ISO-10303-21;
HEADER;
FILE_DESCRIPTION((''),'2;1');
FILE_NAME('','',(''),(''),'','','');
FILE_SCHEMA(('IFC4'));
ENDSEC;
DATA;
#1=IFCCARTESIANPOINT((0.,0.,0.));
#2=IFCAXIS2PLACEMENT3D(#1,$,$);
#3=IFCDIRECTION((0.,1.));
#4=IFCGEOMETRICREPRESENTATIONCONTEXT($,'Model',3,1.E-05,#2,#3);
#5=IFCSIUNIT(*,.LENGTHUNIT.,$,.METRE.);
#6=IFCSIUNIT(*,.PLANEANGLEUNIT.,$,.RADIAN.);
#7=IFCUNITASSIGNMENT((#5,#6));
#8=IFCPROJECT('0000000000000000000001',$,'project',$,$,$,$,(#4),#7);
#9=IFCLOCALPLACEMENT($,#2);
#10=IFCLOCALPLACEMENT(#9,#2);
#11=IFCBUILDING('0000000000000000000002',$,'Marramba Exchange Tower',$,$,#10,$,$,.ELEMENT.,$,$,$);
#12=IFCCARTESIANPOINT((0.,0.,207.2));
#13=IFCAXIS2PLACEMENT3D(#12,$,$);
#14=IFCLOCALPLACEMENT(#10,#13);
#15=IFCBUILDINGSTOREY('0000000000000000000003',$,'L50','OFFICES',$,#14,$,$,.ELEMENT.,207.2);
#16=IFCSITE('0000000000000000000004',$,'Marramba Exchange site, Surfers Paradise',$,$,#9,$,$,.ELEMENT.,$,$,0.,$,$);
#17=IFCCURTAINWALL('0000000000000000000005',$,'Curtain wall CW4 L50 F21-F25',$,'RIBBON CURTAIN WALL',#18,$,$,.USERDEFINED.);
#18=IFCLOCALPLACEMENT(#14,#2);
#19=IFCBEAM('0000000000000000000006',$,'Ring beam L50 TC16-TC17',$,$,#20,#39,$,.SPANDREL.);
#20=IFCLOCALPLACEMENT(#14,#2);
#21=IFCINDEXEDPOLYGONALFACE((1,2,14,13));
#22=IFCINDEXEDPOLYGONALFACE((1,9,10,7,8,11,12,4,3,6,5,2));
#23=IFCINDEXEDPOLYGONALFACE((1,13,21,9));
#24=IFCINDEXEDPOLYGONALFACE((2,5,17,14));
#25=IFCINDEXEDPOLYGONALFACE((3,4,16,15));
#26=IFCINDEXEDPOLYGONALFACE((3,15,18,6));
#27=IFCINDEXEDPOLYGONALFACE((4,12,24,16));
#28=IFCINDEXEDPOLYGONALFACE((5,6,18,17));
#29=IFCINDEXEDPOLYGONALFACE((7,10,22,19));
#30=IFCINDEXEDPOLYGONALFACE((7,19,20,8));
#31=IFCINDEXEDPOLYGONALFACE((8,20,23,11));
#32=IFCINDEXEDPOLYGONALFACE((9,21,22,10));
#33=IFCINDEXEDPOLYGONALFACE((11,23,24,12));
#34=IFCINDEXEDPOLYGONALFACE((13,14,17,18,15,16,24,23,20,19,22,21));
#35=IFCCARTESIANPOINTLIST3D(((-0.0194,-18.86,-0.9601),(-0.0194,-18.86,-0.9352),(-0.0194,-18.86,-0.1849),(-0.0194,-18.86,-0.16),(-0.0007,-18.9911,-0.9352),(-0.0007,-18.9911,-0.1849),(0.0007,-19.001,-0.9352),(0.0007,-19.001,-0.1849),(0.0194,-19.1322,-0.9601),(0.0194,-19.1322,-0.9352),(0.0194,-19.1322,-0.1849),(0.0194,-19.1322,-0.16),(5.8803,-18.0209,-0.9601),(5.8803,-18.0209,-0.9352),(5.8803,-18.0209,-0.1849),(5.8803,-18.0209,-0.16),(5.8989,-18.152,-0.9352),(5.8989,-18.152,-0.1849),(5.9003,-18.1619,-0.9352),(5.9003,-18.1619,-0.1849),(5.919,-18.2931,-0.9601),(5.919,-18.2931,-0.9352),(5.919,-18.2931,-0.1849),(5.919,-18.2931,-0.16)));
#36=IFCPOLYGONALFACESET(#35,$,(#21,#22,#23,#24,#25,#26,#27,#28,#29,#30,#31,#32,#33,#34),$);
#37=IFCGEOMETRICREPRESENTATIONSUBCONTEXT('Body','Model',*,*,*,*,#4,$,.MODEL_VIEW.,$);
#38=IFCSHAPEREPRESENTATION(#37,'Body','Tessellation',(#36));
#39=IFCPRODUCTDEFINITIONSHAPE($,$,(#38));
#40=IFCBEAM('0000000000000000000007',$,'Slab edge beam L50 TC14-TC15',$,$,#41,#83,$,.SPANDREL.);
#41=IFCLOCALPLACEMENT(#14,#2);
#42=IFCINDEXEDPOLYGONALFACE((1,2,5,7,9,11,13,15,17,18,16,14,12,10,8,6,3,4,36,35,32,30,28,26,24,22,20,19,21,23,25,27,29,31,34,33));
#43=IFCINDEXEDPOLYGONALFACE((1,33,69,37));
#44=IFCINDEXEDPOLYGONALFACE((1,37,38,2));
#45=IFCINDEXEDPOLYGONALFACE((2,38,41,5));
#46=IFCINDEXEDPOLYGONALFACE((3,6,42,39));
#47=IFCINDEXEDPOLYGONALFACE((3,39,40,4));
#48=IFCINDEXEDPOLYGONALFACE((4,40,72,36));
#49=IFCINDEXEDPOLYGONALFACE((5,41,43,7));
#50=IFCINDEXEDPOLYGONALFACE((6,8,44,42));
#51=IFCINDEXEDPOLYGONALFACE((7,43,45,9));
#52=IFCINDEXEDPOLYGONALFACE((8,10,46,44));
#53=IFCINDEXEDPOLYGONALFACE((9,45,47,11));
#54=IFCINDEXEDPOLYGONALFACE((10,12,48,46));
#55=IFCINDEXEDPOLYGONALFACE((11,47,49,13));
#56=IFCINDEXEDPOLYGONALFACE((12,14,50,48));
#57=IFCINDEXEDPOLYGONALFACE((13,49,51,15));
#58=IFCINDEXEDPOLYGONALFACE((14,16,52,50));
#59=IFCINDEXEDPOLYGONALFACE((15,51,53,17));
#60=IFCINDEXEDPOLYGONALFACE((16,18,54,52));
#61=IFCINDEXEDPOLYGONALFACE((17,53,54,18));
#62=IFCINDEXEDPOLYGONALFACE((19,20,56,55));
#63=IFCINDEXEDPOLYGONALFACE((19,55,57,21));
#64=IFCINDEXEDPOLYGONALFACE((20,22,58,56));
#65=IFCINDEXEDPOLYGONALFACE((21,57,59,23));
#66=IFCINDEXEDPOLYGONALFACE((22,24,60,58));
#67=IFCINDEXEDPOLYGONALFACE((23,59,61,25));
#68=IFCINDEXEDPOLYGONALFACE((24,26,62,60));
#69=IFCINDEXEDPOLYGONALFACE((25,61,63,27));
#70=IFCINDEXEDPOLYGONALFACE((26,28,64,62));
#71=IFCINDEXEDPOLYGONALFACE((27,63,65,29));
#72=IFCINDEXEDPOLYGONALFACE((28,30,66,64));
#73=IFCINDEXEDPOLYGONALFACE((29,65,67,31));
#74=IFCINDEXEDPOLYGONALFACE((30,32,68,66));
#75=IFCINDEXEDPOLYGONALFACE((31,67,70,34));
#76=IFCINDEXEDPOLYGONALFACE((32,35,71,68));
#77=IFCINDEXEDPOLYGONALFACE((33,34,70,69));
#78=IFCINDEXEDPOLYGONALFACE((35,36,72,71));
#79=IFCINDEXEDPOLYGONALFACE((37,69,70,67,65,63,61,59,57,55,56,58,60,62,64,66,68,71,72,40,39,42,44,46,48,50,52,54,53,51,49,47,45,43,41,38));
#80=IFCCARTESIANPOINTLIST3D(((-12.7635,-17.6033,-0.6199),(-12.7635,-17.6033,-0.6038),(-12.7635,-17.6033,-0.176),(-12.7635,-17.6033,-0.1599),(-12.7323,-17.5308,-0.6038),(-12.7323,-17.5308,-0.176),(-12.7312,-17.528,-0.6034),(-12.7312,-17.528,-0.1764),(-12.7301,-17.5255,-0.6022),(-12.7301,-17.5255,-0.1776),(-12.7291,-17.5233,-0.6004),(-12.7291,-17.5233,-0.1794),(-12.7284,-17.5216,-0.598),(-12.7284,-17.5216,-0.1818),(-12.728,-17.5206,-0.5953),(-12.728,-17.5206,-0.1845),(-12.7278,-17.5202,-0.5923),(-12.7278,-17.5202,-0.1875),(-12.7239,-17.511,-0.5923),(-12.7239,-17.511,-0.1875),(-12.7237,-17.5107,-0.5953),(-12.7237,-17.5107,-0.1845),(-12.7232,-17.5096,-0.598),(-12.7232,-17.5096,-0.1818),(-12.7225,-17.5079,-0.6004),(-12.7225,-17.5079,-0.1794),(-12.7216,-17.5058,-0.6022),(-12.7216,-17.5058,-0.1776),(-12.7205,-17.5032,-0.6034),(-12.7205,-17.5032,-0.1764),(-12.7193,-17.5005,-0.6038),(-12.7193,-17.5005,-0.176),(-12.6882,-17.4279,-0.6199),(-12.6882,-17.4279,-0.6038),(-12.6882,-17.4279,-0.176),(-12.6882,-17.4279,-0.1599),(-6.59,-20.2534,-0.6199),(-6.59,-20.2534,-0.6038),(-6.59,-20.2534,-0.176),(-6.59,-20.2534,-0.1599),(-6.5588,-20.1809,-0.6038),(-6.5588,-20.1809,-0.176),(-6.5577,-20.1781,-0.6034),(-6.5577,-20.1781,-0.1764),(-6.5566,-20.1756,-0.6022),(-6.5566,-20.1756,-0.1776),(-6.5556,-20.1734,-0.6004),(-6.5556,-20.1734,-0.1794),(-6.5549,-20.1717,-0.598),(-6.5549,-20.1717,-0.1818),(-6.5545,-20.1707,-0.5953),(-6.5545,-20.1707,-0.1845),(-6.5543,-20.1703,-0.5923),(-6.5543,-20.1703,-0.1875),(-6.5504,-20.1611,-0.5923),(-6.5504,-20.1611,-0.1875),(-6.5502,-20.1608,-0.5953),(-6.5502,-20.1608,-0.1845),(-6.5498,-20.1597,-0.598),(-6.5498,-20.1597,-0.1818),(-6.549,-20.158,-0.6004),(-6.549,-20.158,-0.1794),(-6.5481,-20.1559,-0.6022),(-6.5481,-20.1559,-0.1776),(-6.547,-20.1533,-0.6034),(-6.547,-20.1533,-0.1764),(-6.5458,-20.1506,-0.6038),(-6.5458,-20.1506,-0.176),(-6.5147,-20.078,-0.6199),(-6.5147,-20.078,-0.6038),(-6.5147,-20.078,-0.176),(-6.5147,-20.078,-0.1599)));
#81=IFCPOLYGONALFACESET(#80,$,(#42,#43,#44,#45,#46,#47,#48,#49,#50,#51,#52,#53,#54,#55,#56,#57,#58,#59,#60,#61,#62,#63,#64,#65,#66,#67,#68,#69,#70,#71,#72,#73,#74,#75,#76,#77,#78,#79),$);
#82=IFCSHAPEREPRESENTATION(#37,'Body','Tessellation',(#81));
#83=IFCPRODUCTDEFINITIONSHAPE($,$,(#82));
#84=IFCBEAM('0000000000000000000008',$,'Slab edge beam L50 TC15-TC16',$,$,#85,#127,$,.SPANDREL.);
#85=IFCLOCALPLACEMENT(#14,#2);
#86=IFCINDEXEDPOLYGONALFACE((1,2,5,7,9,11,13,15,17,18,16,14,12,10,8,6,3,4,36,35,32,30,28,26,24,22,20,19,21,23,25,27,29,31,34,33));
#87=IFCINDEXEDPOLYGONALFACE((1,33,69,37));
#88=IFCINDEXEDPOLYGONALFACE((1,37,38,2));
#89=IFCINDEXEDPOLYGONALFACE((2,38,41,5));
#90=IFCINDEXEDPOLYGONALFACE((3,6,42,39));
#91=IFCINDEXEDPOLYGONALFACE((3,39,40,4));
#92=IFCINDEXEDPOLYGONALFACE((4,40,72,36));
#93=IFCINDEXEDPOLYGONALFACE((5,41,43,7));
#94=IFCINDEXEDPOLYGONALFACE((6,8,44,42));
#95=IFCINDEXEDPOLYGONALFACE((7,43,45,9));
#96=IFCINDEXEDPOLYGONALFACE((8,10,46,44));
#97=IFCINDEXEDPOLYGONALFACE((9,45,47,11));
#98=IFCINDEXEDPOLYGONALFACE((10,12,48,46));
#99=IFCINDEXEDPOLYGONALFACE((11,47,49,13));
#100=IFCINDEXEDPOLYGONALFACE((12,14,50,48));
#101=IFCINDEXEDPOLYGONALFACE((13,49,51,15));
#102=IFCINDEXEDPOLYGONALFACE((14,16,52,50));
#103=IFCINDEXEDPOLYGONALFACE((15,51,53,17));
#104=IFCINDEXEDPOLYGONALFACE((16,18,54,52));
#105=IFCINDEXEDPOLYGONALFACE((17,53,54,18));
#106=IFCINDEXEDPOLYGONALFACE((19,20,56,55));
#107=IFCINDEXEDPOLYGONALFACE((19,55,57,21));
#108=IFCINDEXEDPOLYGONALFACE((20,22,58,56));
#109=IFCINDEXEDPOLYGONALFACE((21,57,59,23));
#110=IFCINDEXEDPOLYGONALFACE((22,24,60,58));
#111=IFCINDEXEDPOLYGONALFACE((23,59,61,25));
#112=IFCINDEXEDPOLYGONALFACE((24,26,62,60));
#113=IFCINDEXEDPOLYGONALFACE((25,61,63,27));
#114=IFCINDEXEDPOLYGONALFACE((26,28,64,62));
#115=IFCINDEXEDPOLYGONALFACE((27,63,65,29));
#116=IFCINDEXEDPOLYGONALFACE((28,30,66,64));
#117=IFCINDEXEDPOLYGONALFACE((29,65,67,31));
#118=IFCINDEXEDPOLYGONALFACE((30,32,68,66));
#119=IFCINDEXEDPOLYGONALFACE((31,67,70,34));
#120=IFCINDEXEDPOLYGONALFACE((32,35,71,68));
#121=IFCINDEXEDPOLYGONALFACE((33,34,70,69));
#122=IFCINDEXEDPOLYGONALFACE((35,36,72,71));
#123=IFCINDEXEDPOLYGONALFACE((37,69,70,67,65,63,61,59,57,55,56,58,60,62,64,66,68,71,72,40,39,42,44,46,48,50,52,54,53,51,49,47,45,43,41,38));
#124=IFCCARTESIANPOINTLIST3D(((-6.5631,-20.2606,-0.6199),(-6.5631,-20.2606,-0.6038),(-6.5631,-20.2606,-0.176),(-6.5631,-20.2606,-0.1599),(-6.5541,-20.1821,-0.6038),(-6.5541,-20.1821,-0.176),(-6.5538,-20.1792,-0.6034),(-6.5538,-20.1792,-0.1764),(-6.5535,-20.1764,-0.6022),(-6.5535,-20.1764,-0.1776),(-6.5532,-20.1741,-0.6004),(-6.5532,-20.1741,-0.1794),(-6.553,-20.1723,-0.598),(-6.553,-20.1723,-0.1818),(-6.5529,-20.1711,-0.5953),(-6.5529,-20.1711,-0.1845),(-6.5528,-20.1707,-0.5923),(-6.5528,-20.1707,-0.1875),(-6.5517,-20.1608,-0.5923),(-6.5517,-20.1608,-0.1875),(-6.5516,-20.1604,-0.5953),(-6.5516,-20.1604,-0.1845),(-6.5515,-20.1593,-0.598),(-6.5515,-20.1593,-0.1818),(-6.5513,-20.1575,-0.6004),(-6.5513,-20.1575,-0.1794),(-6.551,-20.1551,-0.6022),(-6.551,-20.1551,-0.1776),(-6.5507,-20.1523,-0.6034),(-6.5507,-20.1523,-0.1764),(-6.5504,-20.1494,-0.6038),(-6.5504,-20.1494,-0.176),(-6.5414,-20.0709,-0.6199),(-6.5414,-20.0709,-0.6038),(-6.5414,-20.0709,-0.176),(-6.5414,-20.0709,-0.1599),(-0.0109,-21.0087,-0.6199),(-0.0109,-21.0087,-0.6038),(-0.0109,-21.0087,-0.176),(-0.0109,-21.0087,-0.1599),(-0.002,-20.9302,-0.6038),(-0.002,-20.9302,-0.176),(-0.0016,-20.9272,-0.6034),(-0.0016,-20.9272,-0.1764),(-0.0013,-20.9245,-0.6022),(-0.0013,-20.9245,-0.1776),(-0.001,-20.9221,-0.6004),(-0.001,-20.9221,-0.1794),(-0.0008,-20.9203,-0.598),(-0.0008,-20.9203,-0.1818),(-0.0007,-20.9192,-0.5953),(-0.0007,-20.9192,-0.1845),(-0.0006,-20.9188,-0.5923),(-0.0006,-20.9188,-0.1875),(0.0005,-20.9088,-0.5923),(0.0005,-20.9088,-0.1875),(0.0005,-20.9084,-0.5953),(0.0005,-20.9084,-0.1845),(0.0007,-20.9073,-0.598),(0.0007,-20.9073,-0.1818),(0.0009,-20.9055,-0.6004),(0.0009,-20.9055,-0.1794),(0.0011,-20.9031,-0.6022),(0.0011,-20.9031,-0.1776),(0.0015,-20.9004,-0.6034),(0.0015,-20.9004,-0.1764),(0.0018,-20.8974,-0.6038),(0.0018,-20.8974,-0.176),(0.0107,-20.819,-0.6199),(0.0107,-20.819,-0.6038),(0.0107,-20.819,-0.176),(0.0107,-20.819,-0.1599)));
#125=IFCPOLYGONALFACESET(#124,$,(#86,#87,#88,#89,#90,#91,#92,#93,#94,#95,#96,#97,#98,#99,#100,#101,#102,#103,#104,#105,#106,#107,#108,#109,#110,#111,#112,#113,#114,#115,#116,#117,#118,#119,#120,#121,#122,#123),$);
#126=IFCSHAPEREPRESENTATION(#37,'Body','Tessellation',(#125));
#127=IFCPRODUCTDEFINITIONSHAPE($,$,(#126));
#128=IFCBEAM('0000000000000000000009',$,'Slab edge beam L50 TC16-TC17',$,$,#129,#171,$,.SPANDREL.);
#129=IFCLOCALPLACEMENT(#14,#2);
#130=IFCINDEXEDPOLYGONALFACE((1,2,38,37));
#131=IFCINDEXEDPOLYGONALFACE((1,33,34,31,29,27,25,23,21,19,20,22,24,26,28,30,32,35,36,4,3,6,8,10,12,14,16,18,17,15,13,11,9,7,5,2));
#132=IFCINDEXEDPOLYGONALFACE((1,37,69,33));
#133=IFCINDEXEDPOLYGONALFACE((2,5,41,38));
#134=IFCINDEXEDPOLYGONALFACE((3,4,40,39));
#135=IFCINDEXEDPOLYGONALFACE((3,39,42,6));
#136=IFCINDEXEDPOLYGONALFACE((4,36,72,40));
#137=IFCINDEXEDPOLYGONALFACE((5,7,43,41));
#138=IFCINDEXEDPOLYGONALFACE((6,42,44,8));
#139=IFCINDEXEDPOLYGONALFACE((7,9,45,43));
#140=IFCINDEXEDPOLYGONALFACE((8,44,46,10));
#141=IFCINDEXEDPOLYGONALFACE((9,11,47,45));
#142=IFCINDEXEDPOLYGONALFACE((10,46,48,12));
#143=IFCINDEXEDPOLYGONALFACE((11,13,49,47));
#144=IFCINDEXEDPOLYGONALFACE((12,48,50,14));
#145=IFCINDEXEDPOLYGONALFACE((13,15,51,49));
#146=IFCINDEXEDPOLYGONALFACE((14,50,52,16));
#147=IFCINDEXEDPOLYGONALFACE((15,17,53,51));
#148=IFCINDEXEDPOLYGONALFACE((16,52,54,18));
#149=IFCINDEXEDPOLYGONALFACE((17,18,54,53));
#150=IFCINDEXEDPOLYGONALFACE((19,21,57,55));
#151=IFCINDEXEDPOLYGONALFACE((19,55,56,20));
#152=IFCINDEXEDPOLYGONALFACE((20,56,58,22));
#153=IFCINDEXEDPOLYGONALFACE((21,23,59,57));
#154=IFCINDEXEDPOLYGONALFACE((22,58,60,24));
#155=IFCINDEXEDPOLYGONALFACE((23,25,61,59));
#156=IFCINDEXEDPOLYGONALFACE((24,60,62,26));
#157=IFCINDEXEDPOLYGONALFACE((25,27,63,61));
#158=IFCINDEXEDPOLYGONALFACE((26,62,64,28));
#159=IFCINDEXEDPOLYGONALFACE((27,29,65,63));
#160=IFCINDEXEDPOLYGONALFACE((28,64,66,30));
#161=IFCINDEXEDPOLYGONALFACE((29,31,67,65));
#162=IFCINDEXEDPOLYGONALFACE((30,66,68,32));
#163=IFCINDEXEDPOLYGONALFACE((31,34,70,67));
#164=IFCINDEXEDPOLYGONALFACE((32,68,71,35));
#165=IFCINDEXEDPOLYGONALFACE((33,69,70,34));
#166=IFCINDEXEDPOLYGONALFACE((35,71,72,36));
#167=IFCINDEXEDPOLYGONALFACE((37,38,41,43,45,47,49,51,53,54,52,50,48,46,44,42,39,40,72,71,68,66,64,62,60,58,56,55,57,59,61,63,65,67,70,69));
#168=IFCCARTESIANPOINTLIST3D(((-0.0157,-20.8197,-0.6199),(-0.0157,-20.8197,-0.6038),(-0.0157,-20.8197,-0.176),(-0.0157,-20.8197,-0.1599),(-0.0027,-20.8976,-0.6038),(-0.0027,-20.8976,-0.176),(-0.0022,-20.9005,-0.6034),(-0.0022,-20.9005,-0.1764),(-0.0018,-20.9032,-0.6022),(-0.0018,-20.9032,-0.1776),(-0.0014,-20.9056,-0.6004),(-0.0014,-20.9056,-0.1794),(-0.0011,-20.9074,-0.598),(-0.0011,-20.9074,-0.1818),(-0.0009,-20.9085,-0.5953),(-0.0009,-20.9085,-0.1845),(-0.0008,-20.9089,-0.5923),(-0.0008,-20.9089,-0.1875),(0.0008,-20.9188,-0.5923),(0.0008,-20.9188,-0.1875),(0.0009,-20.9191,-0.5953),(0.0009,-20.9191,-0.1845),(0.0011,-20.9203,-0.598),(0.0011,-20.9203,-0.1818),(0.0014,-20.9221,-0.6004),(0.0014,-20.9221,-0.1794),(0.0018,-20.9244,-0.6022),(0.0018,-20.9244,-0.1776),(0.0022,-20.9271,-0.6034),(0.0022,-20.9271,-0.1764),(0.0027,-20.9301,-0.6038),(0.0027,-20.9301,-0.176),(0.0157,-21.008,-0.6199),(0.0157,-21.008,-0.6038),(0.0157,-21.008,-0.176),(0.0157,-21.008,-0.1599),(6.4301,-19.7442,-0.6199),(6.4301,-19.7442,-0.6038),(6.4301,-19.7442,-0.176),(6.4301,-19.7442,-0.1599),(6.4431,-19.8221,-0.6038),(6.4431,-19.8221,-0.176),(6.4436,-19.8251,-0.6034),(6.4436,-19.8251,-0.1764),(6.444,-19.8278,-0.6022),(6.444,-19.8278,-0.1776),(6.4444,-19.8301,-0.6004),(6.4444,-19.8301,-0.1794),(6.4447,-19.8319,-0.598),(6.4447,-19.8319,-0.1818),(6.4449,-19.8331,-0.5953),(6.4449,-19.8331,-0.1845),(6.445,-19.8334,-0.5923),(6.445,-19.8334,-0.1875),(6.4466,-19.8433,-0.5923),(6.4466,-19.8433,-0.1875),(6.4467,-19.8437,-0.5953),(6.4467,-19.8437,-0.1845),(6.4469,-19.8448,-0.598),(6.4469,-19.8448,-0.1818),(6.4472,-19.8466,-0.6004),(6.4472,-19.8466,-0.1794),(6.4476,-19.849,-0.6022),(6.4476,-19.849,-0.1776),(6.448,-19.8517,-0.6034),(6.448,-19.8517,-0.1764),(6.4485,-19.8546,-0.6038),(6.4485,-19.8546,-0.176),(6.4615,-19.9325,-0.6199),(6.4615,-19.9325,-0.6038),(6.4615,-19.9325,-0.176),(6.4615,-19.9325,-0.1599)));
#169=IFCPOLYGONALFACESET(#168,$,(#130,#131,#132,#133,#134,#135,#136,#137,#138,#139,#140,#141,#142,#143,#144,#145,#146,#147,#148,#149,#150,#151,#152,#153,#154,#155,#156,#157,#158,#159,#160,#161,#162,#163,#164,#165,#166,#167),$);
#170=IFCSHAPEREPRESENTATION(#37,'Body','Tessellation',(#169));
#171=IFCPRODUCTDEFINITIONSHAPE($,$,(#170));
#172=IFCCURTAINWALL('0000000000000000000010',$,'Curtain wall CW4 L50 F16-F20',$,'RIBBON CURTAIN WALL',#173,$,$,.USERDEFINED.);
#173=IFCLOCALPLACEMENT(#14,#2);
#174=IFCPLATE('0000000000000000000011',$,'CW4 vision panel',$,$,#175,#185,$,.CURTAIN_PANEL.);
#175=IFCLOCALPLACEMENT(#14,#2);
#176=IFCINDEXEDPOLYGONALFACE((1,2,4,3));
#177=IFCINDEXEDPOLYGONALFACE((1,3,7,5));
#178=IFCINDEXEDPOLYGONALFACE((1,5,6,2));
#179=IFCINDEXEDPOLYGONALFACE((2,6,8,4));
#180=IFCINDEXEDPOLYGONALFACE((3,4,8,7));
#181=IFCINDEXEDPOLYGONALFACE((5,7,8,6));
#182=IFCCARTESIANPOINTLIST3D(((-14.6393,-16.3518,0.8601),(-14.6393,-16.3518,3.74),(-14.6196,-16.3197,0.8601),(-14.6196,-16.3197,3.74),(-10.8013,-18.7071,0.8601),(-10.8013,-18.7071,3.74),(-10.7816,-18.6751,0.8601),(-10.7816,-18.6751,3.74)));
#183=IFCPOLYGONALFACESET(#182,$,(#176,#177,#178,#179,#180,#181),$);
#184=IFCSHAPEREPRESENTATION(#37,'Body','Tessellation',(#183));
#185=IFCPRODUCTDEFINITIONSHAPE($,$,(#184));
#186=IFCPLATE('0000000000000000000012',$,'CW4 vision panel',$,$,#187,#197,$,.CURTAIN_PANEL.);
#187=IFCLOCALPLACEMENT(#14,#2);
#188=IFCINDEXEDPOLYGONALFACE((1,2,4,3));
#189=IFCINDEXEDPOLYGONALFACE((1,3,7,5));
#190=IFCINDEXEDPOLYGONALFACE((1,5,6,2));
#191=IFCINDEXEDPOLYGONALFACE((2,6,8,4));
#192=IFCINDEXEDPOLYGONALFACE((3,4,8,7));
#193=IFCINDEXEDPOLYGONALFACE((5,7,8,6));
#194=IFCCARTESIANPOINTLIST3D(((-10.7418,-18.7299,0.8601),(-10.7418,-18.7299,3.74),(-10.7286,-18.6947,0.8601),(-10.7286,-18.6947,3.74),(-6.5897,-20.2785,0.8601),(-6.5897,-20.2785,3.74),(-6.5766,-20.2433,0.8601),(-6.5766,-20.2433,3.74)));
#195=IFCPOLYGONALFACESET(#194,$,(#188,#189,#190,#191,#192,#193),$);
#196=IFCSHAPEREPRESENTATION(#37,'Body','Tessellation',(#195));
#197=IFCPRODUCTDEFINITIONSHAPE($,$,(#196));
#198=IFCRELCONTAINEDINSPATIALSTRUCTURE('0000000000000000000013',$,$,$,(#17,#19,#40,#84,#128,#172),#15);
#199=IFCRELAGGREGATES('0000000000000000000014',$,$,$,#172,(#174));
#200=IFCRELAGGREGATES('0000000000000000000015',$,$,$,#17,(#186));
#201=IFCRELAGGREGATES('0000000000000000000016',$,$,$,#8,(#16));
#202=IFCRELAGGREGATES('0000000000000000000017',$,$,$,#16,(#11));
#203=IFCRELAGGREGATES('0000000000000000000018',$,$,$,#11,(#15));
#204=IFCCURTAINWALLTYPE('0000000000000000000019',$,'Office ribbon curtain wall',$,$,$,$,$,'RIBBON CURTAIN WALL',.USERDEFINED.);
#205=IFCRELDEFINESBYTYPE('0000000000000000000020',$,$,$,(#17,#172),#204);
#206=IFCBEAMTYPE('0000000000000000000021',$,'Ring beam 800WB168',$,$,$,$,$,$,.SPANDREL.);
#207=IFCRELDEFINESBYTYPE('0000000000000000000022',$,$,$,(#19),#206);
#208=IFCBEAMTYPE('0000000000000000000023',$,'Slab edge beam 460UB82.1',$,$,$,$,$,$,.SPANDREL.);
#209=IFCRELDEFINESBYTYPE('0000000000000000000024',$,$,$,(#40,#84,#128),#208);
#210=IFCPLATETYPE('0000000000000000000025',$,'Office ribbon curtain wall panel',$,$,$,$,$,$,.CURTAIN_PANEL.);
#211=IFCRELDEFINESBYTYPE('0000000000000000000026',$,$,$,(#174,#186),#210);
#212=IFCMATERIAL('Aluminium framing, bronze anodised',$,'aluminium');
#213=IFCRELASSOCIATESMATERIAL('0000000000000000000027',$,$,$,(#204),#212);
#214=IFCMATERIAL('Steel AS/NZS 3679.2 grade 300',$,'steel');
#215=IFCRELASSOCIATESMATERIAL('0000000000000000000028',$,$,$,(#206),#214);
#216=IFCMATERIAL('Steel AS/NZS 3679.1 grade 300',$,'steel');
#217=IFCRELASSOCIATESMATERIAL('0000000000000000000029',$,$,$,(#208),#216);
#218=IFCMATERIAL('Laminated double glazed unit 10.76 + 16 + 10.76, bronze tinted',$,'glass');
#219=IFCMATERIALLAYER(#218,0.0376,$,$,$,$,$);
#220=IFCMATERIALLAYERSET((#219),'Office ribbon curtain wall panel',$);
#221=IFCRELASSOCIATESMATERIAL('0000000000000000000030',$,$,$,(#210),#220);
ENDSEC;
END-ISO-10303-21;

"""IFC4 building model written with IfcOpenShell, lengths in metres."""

from ifc_helpers import new_model, si_unit, direction, frame, origin, origin_2d, place, context, subcontext, project, spatial, rectangle, i_section, extrude, material, layer, layer_set, material_profile, profile_set, type_object, element, aggregate, save


model = new_model("IFC4")

# Units and contexts
model_context = context("Model", 3, precision=1e-05, world=origin(), true_north=direction((0.0, 1.0)))
body_context = subcontext(model_context, "Body", "Model", "MODEL_VIEW")
ifc_project = project(units=[si_unit("LENGTHUNIT", "METRE"), si_unit("PLANEANGLEUNIT", "RADIAN")], contexts=[model_context])

# Site, building, storey
site_placement = place(None, origin())
site = spatial("IfcSite", under=ifc_project, at=site_placement, Name="Marramba Exchange site, Surfers Paradise", CompositionType="ELEMENT", RefElevation=0.0)
building_placement = place(site_placement, origin())
building = spatial("IfcBuilding", under=site, at=building_placement, Name="Marramba Exchange Tower", CompositionType="ELEMENT")
storey_placement = place(building_placement, frame((0.0, 0.0, 207.2)))
storey = spatial("IfcBuildingStorey", under=building, at=storey_placement, Name="L50", Description="OFFICES", CompositionType="ELEMENT", Elevation=207.2)

# Shared definitions
ifc_material_1 = material(Name="Steel AS/NZS 3679.2 grade 300", Category="steel")

# Curtain wall
ifc_material_2 = material(Name="Aluminium framing, bronze anodised", Category="aluminium")
curtain_wall_type = type_object("IfcCurtainWallType", Name="Office ribbon curtain wall", ElementType="RIBBON CURTAIN WALL", PredefinedType="USERDEFINED", material=ifc_material_2)
curtain_wall_1_placement = place(storey_placement, origin())
curtain_wall_1 = element("IfcCurtainWall", 1, at=curtain_wall_1_placement, inside=storey, type_object=curtain_wall_type, Name="Curtain wall CW4 L50 F21-F25", ObjectType="RIBBON CURTAIN WALL", PredefinedType="USERDEFINED")

# Beams
ifc_material_profile_1 = material_profile(ifc_material_1, i_section(OverallWidth=0.2749, OverallDepth=0.8, WebThickness=0.01, FlangeThickness=0.0249, at=origin_2d()), Name="800WB168")
ifc_profile_set_1 = profile_set([ifc_material_profile_1], Name="Steel AS/NZS 3679.2 grade 300")
beam_type_1 = type_object("IfcBeamType", Name="Ring beam 800WB168", PredefinedType="SPANDREL", material=ifc_profile_set_1)
for number, where, z_axis, x_axis, name in (
    (2, (0.0, -18.9961, -0.5601), (0.990036, 0.140813, 0.0), (-0.140813, 0.990036, 0.0), "Ring beam L50 TC16-TC17"),
):
    element("IfcBeam", number, at=place(storey_placement, frame(where, z_axis=z_axis, x_axis=x_axis)), inside=storey, type_object=beam_type_1, Name=name, PredefinedType="SPANDREL", context=body_context, shape_type="SweptSolid", body=[
        extrude(i_section(OverallWidth=0.2749, OverallDepth=0.8, WebThickness=0.01, FlangeThickness=0.0249, at=origin_2d()), origin(), (0.0, 0.0, 1.0), 5.959),
    ])
ifc_material_3 = material(Name="Steel AS/NZS 3679.1 grade 300", Category="steel")
ifc_material_profile_2 = material_profile(ifc_material_3, i_section(OverallWidth=0.1909, OverallDepth=0.46, WebThickness=0.01, FlangeThickness=0.0161, FilletRadius=0.0115, at=origin_2d()), Name="460UB82.1")
ifc_profile_set_2 = profile_set([ifc_material_profile_2], Name="Steel AS/NZS 3679.1 grade 300")
beam_type_2 = type_object("IfcBeamType", Name="Slab edge beam 460UB82.1", PredefinedType="SPANDREL", material=ifc_profile_set_2)
beam_1_placement = place(storey_placement, frame((-12.7258, -17.5156, -0.3899), z_axis=(0.918912, -0.394463, 0.0), x_axis=(0.394463, 0.918912, 0.0)))
element("IfcBeam", 3, at=beam_1_placement, inside=storey, type_object=beam_type_2, Name="Slab edge beam L50 TC14-TC15", PredefinedType="SPANDREL", context=body_context, shape_type="SweptSolid", body=[
    extrude(i_section(OverallWidth=0.1909, OverallDepth=0.46, WebThickness=0.01, FlangeThickness=0.0161, FilletRadius=0.0115, at=origin_2d()), origin(), (0.0, 0.0, 1.0), 6.7183),
])
beam_2_placement = place(storey_placement, frame((-6.5522, -20.1658, -0.3899), z_axis=(0.993546, -0.11343, 0.0), x_axis=(0.11343, 0.993546, 0.0)))
element("IfcBeam", 4, at=beam_2_placement, inside=storey, type_object=beam_type_2, Name="Slab edge beam L50 TC15-TC16", PredefinedType="SPANDREL", context=body_context, shape_type="SweptSolid", body=[
    extrude(i_section(OverallWidth=0.1909, OverallDepth=0.46, WebThickness=0.01, FlangeThickness=0.0161, FilletRadius=0.0115, at=origin_2d()), origin(), (0.0, 0.0, 1.0), 6.5947),
])
beam_3_placement = place(storey_placement, frame((0.0, -20.9138, -0.3899), z_axis=(0.986366, 0.164569, 0.0), x_axis=(-0.164569, 0.986366, 0.0)))
element("IfcBeam", 5, at=beam_3_placement, inside=storey, type_object=beam_type_2, Name="Slab edge beam L50 TC16-TC17", PredefinedType="SPANDREL", context=body_context, shape_type="SweptSolid", body=[
    extrude(i_section(OverallWidth=0.1909, OverallDepth=0.46, WebThickness=0.01, FlangeThickness=0.0161, FilletRadius=0.0115, at=origin_2d()), origin(), (0.0, 0.0, 1.0), 6.5349),
])

# Curtain wall, plate
curtain_wall_2_placement = place(storey_placement, origin())
curtain_wall_2 = element("IfcCurtainWall", 6, at=curtain_wall_2_placement, inside=storey, type_object=curtain_wall_type, Name="Curtain wall CW4 L50 F16-F20", ObjectType="RIBBON CURTAIN WALL", PredefinedType="USERDEFINED")
ifc_material_4 = material(Name="Laminated double glazed unit 10.76 + 16 + 10.76, bronze tinted", Category="glass")
ifc_layer_1 = layer(ifc_material_4, 0.0376)
ifc_layer_set_1 = layer_set([ifc_layer_1], Name="Office ribbon curtain wall panel")
plate_type = type_object("IfcPlateType", Name="Office ribbon curtain wall panel", PredefinedType="CURTAIN_PANEL", material=ifc_layer_set_1)
plate_1_placement = place(storey_placement, frame((-12.7104, -17.5134, 0.8601), z_axis=(0.0, 0.0, 1.0), x_axis=(0.852301, -0.523052, 0.0)))
plate_1 = element("IfcPlate", 7, at=plate_1_placement, type_object=plate_type, Name="CW4 vision panel", PredefinedType="CURTAIN_PANEL", context=body_context, shape_type="SweptSolid", body=[
    extrude(rectangle(XDim=4.5032, YDim=0.0376, at=origin_2d()), origin(), (0.0, 0.0, 1.0), 2.8799),
])
aggregate(curtain_wall_2, [plate_1])

# Plate
plate_2_placement = place(storey_placement, frame((-8.6592, -19.4866, 0.8601), z_axis=(0.0, 0.0, 1.0), x_axis=(0.936952, -0.349459, 0.0)))
plate_2 = element("IfcPlate", 8, at=plate_2_placement, type_object=plate_type, Name="CW4 vision panel", PredefinedType="CURTAIN_PANEL", context=body_context, shape_type="SweptSolid", body=[
    extrude(rectangle(XDim=4.4314, YDim=0.0376, at=origin_2d()), origin(), (0.0, 0.0, 1.0), 2.8799),
])
aggregate(curtain_wall_1, [plate_2])

save(model, "model.ifc")
